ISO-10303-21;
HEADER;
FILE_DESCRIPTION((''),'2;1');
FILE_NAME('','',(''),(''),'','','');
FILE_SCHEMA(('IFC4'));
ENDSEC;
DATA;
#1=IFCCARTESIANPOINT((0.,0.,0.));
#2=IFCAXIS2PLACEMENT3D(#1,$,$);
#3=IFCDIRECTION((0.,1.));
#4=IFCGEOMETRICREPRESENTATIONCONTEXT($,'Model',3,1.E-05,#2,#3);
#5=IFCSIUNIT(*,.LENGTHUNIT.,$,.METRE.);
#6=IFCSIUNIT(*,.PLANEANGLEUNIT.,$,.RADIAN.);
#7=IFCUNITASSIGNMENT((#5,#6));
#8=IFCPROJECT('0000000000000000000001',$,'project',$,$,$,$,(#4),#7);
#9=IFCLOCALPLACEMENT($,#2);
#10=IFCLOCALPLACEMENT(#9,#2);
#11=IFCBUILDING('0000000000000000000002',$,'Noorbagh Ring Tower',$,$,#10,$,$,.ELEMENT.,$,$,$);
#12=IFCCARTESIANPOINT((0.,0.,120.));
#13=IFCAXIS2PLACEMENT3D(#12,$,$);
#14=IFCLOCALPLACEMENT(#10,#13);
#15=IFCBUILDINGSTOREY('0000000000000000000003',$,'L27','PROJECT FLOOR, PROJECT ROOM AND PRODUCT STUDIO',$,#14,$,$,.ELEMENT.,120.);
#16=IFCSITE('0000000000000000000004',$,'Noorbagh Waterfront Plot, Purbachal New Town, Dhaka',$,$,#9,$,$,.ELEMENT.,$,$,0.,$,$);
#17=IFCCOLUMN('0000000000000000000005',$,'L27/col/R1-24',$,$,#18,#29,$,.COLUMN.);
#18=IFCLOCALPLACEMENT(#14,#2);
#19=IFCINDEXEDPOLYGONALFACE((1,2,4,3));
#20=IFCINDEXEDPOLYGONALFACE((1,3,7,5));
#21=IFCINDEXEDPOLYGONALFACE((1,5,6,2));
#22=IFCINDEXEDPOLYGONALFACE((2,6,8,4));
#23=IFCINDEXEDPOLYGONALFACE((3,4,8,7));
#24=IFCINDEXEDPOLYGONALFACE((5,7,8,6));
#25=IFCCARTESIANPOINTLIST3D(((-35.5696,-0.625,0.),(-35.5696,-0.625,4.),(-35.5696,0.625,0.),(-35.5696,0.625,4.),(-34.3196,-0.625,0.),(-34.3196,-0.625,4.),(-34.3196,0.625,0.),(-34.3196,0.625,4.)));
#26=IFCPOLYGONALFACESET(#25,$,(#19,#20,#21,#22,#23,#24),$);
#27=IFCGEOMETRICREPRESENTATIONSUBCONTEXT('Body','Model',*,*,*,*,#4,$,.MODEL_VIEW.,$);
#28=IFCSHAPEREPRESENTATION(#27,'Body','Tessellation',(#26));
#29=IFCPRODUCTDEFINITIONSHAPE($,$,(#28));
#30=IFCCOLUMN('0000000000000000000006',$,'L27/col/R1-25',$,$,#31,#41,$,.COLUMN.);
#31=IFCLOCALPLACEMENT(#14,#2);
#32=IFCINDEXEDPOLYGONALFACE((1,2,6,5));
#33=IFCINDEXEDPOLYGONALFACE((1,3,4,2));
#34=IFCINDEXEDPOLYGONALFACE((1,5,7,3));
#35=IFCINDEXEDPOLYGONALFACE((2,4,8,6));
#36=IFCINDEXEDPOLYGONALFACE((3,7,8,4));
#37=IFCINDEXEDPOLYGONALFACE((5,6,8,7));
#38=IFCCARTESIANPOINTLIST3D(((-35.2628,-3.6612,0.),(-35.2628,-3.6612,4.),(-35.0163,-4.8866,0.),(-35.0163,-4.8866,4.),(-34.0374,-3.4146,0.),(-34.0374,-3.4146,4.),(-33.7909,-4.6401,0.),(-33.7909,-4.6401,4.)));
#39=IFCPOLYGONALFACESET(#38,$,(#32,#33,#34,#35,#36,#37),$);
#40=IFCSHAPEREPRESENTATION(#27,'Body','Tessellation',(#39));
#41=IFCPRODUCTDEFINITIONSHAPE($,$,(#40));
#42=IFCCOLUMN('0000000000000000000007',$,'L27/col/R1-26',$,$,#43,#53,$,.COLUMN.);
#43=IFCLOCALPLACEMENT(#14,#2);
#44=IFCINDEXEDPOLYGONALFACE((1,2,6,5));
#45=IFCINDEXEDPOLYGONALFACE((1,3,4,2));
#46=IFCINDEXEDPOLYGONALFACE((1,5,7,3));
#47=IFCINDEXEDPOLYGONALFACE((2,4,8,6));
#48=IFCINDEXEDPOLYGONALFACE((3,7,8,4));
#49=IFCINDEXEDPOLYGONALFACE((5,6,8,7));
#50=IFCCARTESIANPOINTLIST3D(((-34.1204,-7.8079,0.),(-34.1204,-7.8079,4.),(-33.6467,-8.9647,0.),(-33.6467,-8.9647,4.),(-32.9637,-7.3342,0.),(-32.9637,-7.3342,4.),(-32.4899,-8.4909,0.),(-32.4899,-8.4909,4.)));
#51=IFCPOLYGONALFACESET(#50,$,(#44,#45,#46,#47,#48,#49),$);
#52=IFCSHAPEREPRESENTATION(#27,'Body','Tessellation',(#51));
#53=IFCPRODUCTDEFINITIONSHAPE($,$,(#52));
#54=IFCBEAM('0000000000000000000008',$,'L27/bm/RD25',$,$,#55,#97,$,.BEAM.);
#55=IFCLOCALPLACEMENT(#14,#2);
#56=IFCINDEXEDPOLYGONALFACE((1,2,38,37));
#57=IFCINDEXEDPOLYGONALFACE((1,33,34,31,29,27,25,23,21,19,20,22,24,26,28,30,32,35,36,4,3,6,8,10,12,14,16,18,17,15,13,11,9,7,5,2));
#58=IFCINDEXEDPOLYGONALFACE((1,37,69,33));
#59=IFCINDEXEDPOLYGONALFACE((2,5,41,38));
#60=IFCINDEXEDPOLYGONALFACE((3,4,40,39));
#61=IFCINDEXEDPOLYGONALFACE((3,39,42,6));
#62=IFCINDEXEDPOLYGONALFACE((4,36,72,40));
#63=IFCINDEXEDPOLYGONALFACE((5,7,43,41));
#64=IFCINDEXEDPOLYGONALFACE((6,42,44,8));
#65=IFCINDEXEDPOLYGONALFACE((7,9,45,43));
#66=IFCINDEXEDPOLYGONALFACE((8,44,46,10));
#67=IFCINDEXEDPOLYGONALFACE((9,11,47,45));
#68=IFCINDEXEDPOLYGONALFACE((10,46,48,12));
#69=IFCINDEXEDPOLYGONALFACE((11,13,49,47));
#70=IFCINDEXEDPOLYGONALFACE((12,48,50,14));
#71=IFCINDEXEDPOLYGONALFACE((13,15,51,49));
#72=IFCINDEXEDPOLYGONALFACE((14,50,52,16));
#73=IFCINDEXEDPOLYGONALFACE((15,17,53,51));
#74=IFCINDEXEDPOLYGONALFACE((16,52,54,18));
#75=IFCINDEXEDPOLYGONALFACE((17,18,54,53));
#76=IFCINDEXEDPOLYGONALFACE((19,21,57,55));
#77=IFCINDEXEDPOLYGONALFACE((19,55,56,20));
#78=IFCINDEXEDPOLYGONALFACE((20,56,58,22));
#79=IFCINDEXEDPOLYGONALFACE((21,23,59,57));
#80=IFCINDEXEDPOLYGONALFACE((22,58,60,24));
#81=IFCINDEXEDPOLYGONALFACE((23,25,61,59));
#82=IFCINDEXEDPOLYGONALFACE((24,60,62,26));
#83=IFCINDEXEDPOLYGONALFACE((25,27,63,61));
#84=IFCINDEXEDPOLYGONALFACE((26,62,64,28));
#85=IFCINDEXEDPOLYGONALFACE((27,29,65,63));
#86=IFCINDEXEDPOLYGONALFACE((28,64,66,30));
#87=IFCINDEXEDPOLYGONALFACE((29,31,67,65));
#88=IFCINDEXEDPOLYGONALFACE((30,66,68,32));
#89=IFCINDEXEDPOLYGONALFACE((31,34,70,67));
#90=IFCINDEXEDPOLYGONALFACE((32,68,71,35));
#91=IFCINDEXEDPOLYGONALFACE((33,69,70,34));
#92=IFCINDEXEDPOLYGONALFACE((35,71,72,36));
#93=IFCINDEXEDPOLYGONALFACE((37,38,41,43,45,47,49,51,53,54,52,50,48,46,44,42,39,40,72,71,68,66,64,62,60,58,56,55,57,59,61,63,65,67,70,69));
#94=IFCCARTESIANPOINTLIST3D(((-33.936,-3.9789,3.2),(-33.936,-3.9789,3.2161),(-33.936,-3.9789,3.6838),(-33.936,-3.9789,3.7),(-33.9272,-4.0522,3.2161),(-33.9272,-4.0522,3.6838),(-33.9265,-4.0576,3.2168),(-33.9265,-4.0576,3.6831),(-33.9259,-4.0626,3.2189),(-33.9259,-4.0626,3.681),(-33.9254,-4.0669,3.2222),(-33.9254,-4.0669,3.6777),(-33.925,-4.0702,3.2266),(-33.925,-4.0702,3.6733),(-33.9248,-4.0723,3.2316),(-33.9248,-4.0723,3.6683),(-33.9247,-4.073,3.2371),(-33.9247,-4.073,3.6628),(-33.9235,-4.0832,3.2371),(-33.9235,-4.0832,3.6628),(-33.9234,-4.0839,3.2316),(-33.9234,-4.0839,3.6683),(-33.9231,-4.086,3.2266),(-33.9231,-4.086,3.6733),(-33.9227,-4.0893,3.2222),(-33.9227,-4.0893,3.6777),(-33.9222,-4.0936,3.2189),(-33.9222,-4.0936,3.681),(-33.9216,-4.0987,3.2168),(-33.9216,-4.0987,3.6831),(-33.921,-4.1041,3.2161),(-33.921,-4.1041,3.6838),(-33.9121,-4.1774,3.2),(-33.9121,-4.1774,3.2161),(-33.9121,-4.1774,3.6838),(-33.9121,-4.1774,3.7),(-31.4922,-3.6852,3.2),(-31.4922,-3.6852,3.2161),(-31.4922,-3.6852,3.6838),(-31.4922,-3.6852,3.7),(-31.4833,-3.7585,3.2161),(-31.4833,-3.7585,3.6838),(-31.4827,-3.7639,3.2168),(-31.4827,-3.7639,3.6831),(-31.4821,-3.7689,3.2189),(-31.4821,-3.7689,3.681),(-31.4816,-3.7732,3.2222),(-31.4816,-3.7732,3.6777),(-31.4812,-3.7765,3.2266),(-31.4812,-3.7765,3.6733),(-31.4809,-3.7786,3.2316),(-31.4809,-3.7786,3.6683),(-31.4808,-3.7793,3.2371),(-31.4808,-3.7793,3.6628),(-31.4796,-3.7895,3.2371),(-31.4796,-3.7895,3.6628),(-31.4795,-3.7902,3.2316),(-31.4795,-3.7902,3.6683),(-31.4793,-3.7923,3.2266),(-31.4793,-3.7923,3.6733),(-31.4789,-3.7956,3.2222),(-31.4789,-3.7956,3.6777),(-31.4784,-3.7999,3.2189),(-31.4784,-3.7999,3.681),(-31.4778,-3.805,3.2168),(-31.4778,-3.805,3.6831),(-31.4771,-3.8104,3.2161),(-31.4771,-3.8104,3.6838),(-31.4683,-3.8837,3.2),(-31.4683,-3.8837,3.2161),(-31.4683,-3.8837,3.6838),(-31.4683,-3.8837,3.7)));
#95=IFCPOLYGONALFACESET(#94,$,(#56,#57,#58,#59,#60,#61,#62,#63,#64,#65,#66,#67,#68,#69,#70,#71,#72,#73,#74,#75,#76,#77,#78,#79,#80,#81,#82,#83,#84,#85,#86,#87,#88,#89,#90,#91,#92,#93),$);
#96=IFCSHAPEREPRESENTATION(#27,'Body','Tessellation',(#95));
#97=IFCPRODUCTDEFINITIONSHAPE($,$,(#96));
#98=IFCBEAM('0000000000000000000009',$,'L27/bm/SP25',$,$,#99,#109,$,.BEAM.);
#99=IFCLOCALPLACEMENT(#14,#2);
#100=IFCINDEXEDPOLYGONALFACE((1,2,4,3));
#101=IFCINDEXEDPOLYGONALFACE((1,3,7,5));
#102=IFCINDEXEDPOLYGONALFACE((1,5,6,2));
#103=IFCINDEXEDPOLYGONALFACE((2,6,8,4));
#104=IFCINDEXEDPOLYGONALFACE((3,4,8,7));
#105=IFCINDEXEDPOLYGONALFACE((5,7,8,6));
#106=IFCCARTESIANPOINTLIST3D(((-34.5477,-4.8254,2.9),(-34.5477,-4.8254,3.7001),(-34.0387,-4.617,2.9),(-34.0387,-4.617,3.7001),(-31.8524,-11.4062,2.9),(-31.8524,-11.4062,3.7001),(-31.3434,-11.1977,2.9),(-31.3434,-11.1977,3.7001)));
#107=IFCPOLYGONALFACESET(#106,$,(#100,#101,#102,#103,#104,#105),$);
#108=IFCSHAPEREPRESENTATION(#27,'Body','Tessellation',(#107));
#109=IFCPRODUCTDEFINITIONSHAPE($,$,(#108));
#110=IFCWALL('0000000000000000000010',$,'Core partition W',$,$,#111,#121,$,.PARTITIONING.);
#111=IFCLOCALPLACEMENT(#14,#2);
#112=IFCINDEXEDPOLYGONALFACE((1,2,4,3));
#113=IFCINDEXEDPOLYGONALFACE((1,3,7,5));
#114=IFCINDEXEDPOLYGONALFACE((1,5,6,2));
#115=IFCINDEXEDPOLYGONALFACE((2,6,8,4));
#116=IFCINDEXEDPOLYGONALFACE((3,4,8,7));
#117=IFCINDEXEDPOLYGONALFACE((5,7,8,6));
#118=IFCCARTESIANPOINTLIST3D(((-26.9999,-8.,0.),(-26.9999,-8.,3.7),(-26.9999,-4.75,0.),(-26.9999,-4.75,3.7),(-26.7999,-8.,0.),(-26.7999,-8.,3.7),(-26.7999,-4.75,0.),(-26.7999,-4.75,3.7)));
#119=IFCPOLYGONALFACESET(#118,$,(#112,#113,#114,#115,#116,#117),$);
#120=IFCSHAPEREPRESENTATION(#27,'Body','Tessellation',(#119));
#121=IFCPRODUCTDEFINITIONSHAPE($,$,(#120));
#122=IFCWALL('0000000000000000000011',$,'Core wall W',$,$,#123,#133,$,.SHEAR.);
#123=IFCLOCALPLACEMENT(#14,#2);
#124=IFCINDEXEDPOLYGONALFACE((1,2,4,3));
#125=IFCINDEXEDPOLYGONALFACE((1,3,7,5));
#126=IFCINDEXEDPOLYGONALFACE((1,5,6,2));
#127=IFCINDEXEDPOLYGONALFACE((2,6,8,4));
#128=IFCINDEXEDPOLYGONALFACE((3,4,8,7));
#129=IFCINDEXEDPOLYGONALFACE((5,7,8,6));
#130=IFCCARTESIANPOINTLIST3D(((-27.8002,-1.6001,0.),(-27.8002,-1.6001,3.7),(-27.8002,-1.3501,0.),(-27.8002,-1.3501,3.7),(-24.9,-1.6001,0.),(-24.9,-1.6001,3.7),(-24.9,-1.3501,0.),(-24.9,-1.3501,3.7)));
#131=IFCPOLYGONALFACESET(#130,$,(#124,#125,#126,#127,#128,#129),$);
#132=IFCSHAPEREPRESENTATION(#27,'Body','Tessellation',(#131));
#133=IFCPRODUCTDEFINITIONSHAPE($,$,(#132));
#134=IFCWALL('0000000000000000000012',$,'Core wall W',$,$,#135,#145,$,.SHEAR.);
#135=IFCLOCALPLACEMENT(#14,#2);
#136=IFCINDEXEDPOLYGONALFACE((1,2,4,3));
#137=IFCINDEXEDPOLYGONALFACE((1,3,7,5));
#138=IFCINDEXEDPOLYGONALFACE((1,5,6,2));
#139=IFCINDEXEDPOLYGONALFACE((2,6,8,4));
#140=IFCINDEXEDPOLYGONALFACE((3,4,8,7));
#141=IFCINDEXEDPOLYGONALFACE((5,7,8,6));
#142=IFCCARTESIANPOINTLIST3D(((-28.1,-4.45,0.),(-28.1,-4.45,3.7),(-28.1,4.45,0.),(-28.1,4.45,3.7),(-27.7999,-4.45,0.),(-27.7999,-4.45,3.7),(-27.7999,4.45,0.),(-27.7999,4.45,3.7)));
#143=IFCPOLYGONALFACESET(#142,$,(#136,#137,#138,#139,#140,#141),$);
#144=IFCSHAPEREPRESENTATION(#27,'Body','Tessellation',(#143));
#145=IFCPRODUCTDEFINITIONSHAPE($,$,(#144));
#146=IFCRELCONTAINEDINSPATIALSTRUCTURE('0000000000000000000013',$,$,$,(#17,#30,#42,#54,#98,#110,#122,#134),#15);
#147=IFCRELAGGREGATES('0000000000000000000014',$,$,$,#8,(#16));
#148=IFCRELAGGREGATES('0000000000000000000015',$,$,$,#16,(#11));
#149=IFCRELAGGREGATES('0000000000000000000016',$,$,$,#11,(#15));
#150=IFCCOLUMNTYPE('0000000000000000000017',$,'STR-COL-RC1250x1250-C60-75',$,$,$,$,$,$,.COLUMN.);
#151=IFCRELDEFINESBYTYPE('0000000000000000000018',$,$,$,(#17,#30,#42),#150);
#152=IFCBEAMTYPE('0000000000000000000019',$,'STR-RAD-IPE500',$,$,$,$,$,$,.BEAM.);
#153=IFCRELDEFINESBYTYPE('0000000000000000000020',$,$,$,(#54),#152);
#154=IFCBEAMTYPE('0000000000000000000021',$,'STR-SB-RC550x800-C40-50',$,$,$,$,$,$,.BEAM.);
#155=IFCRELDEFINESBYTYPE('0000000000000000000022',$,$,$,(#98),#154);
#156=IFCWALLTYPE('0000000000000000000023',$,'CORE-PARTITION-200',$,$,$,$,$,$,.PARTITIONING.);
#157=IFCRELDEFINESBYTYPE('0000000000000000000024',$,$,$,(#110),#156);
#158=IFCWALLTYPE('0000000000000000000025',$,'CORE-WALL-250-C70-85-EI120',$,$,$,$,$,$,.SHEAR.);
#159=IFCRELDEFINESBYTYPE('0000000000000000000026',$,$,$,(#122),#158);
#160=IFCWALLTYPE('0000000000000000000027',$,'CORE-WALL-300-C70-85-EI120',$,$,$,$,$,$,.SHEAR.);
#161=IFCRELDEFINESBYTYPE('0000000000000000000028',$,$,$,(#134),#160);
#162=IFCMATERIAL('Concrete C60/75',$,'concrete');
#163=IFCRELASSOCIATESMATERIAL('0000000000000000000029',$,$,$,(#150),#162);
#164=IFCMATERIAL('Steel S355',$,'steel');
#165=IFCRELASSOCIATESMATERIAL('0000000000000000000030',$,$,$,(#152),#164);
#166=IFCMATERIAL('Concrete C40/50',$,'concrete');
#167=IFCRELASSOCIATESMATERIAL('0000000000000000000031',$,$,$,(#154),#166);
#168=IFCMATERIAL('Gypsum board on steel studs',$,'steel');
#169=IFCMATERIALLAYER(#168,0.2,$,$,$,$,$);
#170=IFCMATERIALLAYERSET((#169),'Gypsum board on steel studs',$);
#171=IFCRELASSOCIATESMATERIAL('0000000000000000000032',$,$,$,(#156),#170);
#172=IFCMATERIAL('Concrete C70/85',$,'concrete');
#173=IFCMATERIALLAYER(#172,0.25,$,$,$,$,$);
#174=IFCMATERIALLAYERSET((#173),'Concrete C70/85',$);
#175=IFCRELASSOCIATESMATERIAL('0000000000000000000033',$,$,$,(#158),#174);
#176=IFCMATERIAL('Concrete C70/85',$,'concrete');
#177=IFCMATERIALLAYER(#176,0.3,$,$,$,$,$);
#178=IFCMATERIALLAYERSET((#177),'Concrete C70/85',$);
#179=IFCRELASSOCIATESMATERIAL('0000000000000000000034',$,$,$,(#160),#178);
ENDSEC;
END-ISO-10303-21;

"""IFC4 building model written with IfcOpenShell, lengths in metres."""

from ifc_helpers import new_model, si_unit, direction, frame, frame_2d, origin, origin_2d, place, context, subcontext, project, spatial, rectangle, i_section, extrude, material, layer, layer_set, material_profile, profile_set, type_object, element, save


model = new_model("IFC4")

# Units and contexts
model_context = context("Model", 3, precision=1e-05, world=origin(), true_north=direction((0.0, 1.0)))
body_context = subcontext(model_context, "Body", "Model", "MODEL_VIEW")
ifc_project = project(units=[si_unit("LENGTHUNIT", "METRE"), si_unit("PLANEANGLEUNIT", "RADIAN")], contexts=[model_context])

# Site, building, storey
site_placement = place(None, origin())
site = spatial("IfcSite", under=ifc_project, at=site_placement, Name="Noorbagh Waterfront Plot, Purbachal New Town, Dhaka", CompositionType="ELEMENT", RefElevation=0.0)
building_placement = place(site_placement, origin())
building = spatial("IfcBuilding", under=site, at=building_placement, Name="Noorbagh Ring Tower", CompositionType="ELEMENT")
storey_placement = place(building_placement, frame((0.0, 0.0, 120.0)))
storey = spatial("IfcBuildingStorey", under=building, at=storey_placement, Name="L27", Description="PROJECT FLOOR, PROJECT ROOM AND PRODUCT STUDIO", CompositionType="ELEMENT", Elevation=120.0)

# Columns
ifc_material_1 = material(Name="Concrete C60/75", Category="concrete")
ifc_material_profile_1 = material_profile(ifc_material_1, rectangle(XDim=1.25, YDim=1.25, at=origin_2d()), Name="RC1250x1250")
ifc_profile_set_1 = profile_set([ifc_material_profile_1], Name="Concrete C60/75")
column_type = type_object("IfcColumnType", Name="STR-COL-RC1250x1250-C60-75", PredefinedType="COLUMN", material=ifc_profile_set_1)
for number, where, z_axis, x_axis, name in (
    (1, (-34.9446, 0.0, 0.0), (0.0, 0.0, 1.0), (0.0, -1.0, 0.0), "L27/col/R1-24"),
    (2, (-34.5269, -4.1506, 0.0), (0.0, 0.0, 1.0), (0.19723, -0.980357, 0.0), "L27/col/R1-25"),
    (3, (-33.3052, -8.1494, 0.0), (0.0, 0.0, 1.0), (0.378989, -0.925401, 0.0), "L27/col/R1-26"),
):
    element("IfcColumn", number, at=place(storey_placement, frame(where, z_axis=z_axis, x_axis=x_axis)), inside=storey, type_object=column_type, Name=name, PredefinedType="COLUMN", context=body_context, shape_type="SweptSolid", body=[
        extrude(rectangle(XDim=1.25, YDim=1.25, at=origin_2d()), origin(), (0.0, 0.0, 1.0), 4.0),
    ])

# Beams
ifc_material_2 = material(Name="Steel S355", Category="steel")
ifc_material_profile_2 = material_profile(ifc_material_2, i_section(OverallWidth=0.2, OverallDepth=0.5, WebThickness=0.0103, FlangeThickness=0.0161, FilletRadius=0.021, at=origin_2d()), Name="IPE500")
ifc_profile_set_2 = profile_set([ifc_material_profile_2], Name="Steel S355")
beam_type_1 = type_object("IfcBeamType", Name="STR-RAD-IPE500", PredefinedType="BEAM", material=ifc_profile_set_2)
beam_1_placement = place(storey_placement, frame((-33.9241, -4.0781, 3.45), z_axis=(0.992856, 0.119321, 0.0), x_axis=(-0.119321, 0.992856, 0.0)))
element("IfcBeam", 4, at=beam_1_placement, inside=storey, type_object=beam_type_1, Name="L27/bm/RD25", PredefinedType="BEAM", context=body_context, shape_type="SweptSolid", body=[
    extrude(i_section(OverallWidth=0.2, OverallDepth=0.5, WebThickness=0.0103, FlangeThickness=0.0161, FilletRadius=0.021, at=origin_2d()), origin(), (0.0, 0.0, 1.0), 2.4614),
])
ifc_material_3 = material(Name="Concrete C40/50", Category="concrete")
ifc_material_profile_3 = material_profile(ifc_material_3, rectangle(XDim=0.55, YDim=0.8, at=origin_2d()), Name="RC550x800")
ifc_profile_set_3 = profile_set([ifc_material_profile_3], Name="Concrete C40/50")
beam_type_2 = type_object("IfcBeamType", Name="STR-SB-RC550x800-C40-50", PredefinedType="BEAM", material=ifc_profile_set_3)
beam_2_placement = place(storey_placement, frame((-34.2932, -4.7212, 3.3), z_axis=(0.379014, -0.925391, 0.0), x_axis=(0.925391, 0.379014, 0.0)))
element("IfcBeam", 5, at=beam_2_placement, inside=storey, type_object=beam_type_2, Name="L27/bm/SP25", PredefinedType="BEAM", context=body_context, shape_type="SweptSolid", body=[
    extrude(rectangle(XDim=0.55, YDim=0.8, at=origin_2d()), origin(), (0.0, 0.0, 1.0), 7.1113),
])

# Walls
ifc_material_4 = material(Name="Gypsum board on steel studs", Category="steel")
ifc_layer_1 = layer(ifc_material_4, 0.2)
ifc_layer_set_1 = layer_set([ifc_layer_1], Name="Gypsum board on steel studs")
wall_type_1 = type_object("IfcWallType", Name="CORE-PARTITION-200", PredefinedType="PARTITIONING", material=ifc_layer_set_1)
wall_1_placement = place(storey_placement, frame((-26.8999, -8.0, 0.0), z_axis=(0.0, 0.0, 1.0), x_axis=(0.0, 1.0, 0.0)))
element("IfcWall", 6, at=wall_1_placement, inside=storey, type_object=wall_type_1, Name="Core partition W", PredefinedType="PARTITIONING", context=body_context, shape_type="SweptSolid", body=[
    extrude(rectangle(XDim=3.25, YDim=0.2, at=frame_2d((1.625, 0.0))), origin(), (0.0, 0.0, 1.0), 3.7),
])
ifc_material_5 = material(Name="Concrete C70/85", Category="concrete")
ifc_layer_2 = layer(ifc_material_5, 0.25)
ifc_layer_set_2 = layer_set([ifc_layer_2], Name="Concrete C70/85")
wall_type_2 = type_object("IfcWallType", Name="CORE-WALL-250-C70-85-EI120", PredefinedType="SHEAR", material=ifc_layer_set_2)
wall_2_placement = place(storey_placement, frame((-24.8999, -1.4751, 0.0), z_axis=(0.0, 0.0, 1.0), x_axis=(-1.0, 0.0, 0.0)))
element("IfcWall", 7, at=wall_2_placement, inside=storey, type_object=wall_type_2, Name="Core wall W", PredefinedType="SHEAR", context=body_context, shape_type="SweptSolid", body=[
    extrude(rectangle(XDim=2.9001, YDim=0.25, at=frame_2d((1.4502, 0.0))), origin(), (0.0, 0.0, 1.0), 3.7),
])
ifc_material_6 = material(Name="Concrete C70/85", Category="concrete")
ifc_layer_3 = layer(ifc_material_6, 0.3)
ifc_layer_set_3 = layer_set([ifc_layer_3], Name="Concrete C70/85")
wall_type_3 = type_object("IfcWallType", Name="CORE-WALL-300-C70-85-EI120", PredefinedType="SHEAR", material=ifc_layer_set_3)
wall_3_placement = place(storey_placement, frame((-27.95, -4.45, 0.0), z_axis=(0.0, 0.0, 1.0), x_axis=(0.0, 1.0, 0.0)))
element("IfcWall", 8, at=wall_3_placement, inside=storey, type_object=wall_type_3, Name="Core wall W", PredefinedType="SHEAR", context=body_context, shape_type="SweptSolid", body=[
    extrude(rectangle(XDim=8.8999, YDim=0.3, at=frame_2d((4.45, 0.0))), origin(), (0.0, 0.0, 1.0), 3.7),
])

save(model, "model.ifc")
